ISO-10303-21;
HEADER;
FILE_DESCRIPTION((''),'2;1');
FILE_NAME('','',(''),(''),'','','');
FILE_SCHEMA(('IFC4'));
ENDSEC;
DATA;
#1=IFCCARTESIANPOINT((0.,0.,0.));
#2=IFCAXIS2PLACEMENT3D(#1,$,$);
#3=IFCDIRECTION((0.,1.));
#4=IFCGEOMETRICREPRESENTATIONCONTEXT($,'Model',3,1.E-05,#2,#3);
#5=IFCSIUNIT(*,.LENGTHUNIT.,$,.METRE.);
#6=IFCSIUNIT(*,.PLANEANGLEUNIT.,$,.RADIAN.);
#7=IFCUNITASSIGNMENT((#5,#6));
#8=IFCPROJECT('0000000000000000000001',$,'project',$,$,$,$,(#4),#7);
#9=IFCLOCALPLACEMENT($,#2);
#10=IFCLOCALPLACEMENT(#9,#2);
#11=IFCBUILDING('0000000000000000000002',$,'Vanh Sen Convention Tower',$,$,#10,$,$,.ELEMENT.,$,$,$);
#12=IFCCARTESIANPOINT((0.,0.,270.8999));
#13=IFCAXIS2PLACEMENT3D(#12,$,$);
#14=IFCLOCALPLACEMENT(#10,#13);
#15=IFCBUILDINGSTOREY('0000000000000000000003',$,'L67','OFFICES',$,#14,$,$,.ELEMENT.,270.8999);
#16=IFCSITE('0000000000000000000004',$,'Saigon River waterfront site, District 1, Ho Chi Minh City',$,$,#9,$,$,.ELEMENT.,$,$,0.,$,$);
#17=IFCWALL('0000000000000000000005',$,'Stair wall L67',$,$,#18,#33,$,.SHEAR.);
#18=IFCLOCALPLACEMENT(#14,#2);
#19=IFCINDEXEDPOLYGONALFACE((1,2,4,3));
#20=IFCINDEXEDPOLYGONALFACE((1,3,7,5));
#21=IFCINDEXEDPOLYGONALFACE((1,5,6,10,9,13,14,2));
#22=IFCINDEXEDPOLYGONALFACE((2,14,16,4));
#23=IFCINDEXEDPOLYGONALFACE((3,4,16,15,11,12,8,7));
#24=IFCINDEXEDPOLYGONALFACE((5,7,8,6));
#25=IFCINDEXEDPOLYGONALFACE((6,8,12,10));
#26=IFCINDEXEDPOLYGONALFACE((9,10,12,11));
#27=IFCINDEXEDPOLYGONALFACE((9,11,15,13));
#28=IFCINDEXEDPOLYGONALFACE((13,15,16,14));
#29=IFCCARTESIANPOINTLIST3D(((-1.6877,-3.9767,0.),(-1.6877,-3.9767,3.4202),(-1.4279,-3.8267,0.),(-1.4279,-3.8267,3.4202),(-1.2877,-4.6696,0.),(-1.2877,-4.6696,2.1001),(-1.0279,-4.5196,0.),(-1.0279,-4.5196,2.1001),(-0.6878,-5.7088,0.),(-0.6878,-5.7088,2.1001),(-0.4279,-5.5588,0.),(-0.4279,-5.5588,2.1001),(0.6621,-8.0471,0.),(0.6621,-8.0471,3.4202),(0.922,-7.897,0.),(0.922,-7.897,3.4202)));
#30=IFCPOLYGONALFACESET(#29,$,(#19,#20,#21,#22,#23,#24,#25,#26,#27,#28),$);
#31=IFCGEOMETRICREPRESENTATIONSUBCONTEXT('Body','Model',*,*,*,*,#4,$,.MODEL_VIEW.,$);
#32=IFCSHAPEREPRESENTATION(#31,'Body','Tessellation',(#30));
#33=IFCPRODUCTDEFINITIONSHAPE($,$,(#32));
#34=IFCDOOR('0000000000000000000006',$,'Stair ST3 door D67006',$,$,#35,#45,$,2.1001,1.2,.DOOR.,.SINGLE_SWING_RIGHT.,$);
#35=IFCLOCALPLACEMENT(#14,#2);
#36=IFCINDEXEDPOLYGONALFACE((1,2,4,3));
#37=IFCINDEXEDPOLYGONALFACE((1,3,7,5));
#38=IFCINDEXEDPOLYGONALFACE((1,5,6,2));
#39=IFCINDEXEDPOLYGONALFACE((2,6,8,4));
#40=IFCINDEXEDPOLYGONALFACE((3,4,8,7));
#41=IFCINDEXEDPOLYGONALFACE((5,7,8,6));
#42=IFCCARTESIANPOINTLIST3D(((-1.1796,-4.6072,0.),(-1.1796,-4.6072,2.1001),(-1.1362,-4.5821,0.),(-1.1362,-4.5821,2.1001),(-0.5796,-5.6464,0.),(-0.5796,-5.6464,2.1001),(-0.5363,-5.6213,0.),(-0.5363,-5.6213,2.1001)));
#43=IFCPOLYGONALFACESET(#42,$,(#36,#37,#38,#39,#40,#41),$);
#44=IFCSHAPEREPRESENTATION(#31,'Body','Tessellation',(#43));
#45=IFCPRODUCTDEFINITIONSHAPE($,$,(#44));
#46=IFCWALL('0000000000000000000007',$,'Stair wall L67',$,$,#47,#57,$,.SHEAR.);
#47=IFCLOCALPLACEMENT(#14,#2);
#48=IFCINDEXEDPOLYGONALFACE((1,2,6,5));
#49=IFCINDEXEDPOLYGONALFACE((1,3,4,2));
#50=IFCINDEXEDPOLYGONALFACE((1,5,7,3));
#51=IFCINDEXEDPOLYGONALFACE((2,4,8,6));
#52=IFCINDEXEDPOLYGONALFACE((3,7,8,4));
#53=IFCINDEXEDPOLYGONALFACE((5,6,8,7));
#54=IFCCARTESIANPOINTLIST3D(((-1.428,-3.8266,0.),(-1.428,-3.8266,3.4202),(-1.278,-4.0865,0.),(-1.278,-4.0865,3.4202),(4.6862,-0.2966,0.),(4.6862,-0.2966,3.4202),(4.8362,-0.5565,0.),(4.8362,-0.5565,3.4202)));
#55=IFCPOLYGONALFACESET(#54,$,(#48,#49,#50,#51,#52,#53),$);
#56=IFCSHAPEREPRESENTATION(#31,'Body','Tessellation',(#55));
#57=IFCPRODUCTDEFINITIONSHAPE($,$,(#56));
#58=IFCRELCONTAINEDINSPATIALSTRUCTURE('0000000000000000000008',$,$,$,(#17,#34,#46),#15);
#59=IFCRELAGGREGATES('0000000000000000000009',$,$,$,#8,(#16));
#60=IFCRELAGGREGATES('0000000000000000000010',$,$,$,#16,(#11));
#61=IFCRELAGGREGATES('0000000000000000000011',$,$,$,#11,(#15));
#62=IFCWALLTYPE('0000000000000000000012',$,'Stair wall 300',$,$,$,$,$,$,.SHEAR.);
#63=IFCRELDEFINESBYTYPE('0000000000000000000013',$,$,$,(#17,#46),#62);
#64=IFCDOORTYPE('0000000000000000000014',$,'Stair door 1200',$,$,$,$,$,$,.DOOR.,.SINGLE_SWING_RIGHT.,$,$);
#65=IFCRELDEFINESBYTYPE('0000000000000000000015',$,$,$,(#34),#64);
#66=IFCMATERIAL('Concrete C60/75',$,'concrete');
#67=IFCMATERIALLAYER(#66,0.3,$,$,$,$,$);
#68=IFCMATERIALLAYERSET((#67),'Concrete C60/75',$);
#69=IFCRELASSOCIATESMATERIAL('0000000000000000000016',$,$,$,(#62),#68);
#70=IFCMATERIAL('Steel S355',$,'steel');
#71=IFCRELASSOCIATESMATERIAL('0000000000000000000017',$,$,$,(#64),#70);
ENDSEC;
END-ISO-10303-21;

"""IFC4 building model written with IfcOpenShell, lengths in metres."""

from ifc_helpers import new_model, si_unit, direction, frame, frame_2d, origin, place, context, subcontext, project, spatial, rectangle, extrude, material, layer, layer_set, type_object, element, fill, save


model = new_model("IFC4")

# Units and contexts
model_context = context("Model", 3, precision=1e-05, world=origin(), true_north=direction((0.0, 1.0)))
body_context = subcontext(model_context, "Body", "Model", "MODEL_VIEW")
ifc_project = project(units=[si_unit("LENGTHUNIT", "METRE"), si_unit("PLANEANGLEUNIT", "RADIAN")], contexts=[model_context])

# Site, building, storey
site_placement = place(None, origin())
site = spatial("IfcSite", under=ifc_project, at=site_placement, Name="Saigon River waterfront site, District 1, Ho Chi Minh City", CompositionType="ELEMENT", RefElevation=0.0)
building_placement = place(site_placement, origin())
building = spatial("IfcBuilding", under=site, at=building_placement, Name="Vanh Sen Convention Tower", CompositionType="ELEMENT")
storey_placement = place(building_placement, frame((0.0, 0.0, 270.8999)))
storey = spatial("IfcBuildingStorey", under=building, at=storey_placement, Name="L67", Description="OFFICES", CompositionType="ELEMENT", Elevation=270.8999)

# Shared definitions
ifc_material_1 = material(Name="Concrete C60/75", Category="concrete")
ifc_material_2 = material(Name="Steel S355", Category="steel")

# Shared definitions
ifc_layer_1 = layer(ifc_material_1, 0.3)
ifc_layer_set_1 = layer_set([ifc_layer_1], Name="Concrete C60/75")
wall_type_1 = type_object("IfcWallType", Name="Stair wall 300", PredefinedType="SHEAR", material=ifc_layer_set_1)

# Wall, opening, door
wall_1_placement = place(storey_placement, frame((-1.5579, -3.9016, 0.0), z_axis=(0.0, 0.0, 1.0), x_axis=(0.499977, -0.866039, 0.0)))
wall_1 = element("IfcWall", 1, at=wall_1_placement, inside=storey, type_object=wall_type_1, Name="Stair wall L67", PredefinedType="SHEAR", context=body_context, shape_type="SweptSolid", body=[
    extrude(rectangle(XDim=4.7, YDim=0.3, at=frame_2d((2.3501, 0.0))), origin(), (0.0, 0.0, 1.0), 3.4202),
])
opening_1_placement = place(wall_1_placement, frame((0.8, 0.0, 0.0)))
opening_1 = element("IfcOpeningElement", 2, at=opening_1_placement, cuts=wall_1, PredefinedType="OPENING", context=body_context, shape_type="SweptSolid", body=[
    extrude(rectangle(XDim=1.2, YDim=2.1001, at=frame_2d((0.6001, 1.05))), frame((0.0, 0.1599, 0.0), z_axis=(0.0, -1.0, 0.0), x_axis=(1.0, 0.0, 0.0)), (0.0, 0.0, 1.0), 0.3201),
])
door_type_1 = type_object("IfcDoorType", Name="Stair door 1200", OperationType="SINGLE_SWING_RIGHT", PredefinedType="DOOR", material=ifc_material_2)
door_1_placement = place(opening_1_placement, origin())
door_1 = element("IfcDoor", 3, at=door_1_placement, inside=storey, type_object=door_type_1, Name="Stair ST3 door D67006", OperationType="SINGLE_SWING_RIGHT", OverallHeight=2.1001, OverallWidth=1.2, PredefinedType="DOOR", context=body_context, shape_type="SweptSolid", body=[
    extrude(rectangle(XDim=1.2, YDim=2.1001, at=frame_2d((0.6001, 1.05))), frame((0.0, 0.0249, 0.0), z_axis=(0.0, -1.0, 0.0), x_axis=(1.0, 0.0, 0.0)), (0.0, 0.0, 1.0), 0.05),
])
fill(opening_1, door_1)

# Wall
wall_2_placement = place(storey_placement, frame((-1.353, -3.9565, 0.0), z_axis=(0.0, 0.0, 1.0), x_axis=(0.866028, 0.499996, 0.0)))
element("IfcWall", 4, at=wall_2_placement, inside=storey, type_object=wall_type_1, Name="Stair wall L67", PredefinedType="SHEAR", context=body_context, shape_type="SweptSolid", body=[
    extrude(rectangle(XDim=7.0601, YDim=0.3, at=frame_2d((3.53, 0.0))), origin(), (0.0, 0.0, 1.0), 3.4202),
])

save(model, "model.ifc")
